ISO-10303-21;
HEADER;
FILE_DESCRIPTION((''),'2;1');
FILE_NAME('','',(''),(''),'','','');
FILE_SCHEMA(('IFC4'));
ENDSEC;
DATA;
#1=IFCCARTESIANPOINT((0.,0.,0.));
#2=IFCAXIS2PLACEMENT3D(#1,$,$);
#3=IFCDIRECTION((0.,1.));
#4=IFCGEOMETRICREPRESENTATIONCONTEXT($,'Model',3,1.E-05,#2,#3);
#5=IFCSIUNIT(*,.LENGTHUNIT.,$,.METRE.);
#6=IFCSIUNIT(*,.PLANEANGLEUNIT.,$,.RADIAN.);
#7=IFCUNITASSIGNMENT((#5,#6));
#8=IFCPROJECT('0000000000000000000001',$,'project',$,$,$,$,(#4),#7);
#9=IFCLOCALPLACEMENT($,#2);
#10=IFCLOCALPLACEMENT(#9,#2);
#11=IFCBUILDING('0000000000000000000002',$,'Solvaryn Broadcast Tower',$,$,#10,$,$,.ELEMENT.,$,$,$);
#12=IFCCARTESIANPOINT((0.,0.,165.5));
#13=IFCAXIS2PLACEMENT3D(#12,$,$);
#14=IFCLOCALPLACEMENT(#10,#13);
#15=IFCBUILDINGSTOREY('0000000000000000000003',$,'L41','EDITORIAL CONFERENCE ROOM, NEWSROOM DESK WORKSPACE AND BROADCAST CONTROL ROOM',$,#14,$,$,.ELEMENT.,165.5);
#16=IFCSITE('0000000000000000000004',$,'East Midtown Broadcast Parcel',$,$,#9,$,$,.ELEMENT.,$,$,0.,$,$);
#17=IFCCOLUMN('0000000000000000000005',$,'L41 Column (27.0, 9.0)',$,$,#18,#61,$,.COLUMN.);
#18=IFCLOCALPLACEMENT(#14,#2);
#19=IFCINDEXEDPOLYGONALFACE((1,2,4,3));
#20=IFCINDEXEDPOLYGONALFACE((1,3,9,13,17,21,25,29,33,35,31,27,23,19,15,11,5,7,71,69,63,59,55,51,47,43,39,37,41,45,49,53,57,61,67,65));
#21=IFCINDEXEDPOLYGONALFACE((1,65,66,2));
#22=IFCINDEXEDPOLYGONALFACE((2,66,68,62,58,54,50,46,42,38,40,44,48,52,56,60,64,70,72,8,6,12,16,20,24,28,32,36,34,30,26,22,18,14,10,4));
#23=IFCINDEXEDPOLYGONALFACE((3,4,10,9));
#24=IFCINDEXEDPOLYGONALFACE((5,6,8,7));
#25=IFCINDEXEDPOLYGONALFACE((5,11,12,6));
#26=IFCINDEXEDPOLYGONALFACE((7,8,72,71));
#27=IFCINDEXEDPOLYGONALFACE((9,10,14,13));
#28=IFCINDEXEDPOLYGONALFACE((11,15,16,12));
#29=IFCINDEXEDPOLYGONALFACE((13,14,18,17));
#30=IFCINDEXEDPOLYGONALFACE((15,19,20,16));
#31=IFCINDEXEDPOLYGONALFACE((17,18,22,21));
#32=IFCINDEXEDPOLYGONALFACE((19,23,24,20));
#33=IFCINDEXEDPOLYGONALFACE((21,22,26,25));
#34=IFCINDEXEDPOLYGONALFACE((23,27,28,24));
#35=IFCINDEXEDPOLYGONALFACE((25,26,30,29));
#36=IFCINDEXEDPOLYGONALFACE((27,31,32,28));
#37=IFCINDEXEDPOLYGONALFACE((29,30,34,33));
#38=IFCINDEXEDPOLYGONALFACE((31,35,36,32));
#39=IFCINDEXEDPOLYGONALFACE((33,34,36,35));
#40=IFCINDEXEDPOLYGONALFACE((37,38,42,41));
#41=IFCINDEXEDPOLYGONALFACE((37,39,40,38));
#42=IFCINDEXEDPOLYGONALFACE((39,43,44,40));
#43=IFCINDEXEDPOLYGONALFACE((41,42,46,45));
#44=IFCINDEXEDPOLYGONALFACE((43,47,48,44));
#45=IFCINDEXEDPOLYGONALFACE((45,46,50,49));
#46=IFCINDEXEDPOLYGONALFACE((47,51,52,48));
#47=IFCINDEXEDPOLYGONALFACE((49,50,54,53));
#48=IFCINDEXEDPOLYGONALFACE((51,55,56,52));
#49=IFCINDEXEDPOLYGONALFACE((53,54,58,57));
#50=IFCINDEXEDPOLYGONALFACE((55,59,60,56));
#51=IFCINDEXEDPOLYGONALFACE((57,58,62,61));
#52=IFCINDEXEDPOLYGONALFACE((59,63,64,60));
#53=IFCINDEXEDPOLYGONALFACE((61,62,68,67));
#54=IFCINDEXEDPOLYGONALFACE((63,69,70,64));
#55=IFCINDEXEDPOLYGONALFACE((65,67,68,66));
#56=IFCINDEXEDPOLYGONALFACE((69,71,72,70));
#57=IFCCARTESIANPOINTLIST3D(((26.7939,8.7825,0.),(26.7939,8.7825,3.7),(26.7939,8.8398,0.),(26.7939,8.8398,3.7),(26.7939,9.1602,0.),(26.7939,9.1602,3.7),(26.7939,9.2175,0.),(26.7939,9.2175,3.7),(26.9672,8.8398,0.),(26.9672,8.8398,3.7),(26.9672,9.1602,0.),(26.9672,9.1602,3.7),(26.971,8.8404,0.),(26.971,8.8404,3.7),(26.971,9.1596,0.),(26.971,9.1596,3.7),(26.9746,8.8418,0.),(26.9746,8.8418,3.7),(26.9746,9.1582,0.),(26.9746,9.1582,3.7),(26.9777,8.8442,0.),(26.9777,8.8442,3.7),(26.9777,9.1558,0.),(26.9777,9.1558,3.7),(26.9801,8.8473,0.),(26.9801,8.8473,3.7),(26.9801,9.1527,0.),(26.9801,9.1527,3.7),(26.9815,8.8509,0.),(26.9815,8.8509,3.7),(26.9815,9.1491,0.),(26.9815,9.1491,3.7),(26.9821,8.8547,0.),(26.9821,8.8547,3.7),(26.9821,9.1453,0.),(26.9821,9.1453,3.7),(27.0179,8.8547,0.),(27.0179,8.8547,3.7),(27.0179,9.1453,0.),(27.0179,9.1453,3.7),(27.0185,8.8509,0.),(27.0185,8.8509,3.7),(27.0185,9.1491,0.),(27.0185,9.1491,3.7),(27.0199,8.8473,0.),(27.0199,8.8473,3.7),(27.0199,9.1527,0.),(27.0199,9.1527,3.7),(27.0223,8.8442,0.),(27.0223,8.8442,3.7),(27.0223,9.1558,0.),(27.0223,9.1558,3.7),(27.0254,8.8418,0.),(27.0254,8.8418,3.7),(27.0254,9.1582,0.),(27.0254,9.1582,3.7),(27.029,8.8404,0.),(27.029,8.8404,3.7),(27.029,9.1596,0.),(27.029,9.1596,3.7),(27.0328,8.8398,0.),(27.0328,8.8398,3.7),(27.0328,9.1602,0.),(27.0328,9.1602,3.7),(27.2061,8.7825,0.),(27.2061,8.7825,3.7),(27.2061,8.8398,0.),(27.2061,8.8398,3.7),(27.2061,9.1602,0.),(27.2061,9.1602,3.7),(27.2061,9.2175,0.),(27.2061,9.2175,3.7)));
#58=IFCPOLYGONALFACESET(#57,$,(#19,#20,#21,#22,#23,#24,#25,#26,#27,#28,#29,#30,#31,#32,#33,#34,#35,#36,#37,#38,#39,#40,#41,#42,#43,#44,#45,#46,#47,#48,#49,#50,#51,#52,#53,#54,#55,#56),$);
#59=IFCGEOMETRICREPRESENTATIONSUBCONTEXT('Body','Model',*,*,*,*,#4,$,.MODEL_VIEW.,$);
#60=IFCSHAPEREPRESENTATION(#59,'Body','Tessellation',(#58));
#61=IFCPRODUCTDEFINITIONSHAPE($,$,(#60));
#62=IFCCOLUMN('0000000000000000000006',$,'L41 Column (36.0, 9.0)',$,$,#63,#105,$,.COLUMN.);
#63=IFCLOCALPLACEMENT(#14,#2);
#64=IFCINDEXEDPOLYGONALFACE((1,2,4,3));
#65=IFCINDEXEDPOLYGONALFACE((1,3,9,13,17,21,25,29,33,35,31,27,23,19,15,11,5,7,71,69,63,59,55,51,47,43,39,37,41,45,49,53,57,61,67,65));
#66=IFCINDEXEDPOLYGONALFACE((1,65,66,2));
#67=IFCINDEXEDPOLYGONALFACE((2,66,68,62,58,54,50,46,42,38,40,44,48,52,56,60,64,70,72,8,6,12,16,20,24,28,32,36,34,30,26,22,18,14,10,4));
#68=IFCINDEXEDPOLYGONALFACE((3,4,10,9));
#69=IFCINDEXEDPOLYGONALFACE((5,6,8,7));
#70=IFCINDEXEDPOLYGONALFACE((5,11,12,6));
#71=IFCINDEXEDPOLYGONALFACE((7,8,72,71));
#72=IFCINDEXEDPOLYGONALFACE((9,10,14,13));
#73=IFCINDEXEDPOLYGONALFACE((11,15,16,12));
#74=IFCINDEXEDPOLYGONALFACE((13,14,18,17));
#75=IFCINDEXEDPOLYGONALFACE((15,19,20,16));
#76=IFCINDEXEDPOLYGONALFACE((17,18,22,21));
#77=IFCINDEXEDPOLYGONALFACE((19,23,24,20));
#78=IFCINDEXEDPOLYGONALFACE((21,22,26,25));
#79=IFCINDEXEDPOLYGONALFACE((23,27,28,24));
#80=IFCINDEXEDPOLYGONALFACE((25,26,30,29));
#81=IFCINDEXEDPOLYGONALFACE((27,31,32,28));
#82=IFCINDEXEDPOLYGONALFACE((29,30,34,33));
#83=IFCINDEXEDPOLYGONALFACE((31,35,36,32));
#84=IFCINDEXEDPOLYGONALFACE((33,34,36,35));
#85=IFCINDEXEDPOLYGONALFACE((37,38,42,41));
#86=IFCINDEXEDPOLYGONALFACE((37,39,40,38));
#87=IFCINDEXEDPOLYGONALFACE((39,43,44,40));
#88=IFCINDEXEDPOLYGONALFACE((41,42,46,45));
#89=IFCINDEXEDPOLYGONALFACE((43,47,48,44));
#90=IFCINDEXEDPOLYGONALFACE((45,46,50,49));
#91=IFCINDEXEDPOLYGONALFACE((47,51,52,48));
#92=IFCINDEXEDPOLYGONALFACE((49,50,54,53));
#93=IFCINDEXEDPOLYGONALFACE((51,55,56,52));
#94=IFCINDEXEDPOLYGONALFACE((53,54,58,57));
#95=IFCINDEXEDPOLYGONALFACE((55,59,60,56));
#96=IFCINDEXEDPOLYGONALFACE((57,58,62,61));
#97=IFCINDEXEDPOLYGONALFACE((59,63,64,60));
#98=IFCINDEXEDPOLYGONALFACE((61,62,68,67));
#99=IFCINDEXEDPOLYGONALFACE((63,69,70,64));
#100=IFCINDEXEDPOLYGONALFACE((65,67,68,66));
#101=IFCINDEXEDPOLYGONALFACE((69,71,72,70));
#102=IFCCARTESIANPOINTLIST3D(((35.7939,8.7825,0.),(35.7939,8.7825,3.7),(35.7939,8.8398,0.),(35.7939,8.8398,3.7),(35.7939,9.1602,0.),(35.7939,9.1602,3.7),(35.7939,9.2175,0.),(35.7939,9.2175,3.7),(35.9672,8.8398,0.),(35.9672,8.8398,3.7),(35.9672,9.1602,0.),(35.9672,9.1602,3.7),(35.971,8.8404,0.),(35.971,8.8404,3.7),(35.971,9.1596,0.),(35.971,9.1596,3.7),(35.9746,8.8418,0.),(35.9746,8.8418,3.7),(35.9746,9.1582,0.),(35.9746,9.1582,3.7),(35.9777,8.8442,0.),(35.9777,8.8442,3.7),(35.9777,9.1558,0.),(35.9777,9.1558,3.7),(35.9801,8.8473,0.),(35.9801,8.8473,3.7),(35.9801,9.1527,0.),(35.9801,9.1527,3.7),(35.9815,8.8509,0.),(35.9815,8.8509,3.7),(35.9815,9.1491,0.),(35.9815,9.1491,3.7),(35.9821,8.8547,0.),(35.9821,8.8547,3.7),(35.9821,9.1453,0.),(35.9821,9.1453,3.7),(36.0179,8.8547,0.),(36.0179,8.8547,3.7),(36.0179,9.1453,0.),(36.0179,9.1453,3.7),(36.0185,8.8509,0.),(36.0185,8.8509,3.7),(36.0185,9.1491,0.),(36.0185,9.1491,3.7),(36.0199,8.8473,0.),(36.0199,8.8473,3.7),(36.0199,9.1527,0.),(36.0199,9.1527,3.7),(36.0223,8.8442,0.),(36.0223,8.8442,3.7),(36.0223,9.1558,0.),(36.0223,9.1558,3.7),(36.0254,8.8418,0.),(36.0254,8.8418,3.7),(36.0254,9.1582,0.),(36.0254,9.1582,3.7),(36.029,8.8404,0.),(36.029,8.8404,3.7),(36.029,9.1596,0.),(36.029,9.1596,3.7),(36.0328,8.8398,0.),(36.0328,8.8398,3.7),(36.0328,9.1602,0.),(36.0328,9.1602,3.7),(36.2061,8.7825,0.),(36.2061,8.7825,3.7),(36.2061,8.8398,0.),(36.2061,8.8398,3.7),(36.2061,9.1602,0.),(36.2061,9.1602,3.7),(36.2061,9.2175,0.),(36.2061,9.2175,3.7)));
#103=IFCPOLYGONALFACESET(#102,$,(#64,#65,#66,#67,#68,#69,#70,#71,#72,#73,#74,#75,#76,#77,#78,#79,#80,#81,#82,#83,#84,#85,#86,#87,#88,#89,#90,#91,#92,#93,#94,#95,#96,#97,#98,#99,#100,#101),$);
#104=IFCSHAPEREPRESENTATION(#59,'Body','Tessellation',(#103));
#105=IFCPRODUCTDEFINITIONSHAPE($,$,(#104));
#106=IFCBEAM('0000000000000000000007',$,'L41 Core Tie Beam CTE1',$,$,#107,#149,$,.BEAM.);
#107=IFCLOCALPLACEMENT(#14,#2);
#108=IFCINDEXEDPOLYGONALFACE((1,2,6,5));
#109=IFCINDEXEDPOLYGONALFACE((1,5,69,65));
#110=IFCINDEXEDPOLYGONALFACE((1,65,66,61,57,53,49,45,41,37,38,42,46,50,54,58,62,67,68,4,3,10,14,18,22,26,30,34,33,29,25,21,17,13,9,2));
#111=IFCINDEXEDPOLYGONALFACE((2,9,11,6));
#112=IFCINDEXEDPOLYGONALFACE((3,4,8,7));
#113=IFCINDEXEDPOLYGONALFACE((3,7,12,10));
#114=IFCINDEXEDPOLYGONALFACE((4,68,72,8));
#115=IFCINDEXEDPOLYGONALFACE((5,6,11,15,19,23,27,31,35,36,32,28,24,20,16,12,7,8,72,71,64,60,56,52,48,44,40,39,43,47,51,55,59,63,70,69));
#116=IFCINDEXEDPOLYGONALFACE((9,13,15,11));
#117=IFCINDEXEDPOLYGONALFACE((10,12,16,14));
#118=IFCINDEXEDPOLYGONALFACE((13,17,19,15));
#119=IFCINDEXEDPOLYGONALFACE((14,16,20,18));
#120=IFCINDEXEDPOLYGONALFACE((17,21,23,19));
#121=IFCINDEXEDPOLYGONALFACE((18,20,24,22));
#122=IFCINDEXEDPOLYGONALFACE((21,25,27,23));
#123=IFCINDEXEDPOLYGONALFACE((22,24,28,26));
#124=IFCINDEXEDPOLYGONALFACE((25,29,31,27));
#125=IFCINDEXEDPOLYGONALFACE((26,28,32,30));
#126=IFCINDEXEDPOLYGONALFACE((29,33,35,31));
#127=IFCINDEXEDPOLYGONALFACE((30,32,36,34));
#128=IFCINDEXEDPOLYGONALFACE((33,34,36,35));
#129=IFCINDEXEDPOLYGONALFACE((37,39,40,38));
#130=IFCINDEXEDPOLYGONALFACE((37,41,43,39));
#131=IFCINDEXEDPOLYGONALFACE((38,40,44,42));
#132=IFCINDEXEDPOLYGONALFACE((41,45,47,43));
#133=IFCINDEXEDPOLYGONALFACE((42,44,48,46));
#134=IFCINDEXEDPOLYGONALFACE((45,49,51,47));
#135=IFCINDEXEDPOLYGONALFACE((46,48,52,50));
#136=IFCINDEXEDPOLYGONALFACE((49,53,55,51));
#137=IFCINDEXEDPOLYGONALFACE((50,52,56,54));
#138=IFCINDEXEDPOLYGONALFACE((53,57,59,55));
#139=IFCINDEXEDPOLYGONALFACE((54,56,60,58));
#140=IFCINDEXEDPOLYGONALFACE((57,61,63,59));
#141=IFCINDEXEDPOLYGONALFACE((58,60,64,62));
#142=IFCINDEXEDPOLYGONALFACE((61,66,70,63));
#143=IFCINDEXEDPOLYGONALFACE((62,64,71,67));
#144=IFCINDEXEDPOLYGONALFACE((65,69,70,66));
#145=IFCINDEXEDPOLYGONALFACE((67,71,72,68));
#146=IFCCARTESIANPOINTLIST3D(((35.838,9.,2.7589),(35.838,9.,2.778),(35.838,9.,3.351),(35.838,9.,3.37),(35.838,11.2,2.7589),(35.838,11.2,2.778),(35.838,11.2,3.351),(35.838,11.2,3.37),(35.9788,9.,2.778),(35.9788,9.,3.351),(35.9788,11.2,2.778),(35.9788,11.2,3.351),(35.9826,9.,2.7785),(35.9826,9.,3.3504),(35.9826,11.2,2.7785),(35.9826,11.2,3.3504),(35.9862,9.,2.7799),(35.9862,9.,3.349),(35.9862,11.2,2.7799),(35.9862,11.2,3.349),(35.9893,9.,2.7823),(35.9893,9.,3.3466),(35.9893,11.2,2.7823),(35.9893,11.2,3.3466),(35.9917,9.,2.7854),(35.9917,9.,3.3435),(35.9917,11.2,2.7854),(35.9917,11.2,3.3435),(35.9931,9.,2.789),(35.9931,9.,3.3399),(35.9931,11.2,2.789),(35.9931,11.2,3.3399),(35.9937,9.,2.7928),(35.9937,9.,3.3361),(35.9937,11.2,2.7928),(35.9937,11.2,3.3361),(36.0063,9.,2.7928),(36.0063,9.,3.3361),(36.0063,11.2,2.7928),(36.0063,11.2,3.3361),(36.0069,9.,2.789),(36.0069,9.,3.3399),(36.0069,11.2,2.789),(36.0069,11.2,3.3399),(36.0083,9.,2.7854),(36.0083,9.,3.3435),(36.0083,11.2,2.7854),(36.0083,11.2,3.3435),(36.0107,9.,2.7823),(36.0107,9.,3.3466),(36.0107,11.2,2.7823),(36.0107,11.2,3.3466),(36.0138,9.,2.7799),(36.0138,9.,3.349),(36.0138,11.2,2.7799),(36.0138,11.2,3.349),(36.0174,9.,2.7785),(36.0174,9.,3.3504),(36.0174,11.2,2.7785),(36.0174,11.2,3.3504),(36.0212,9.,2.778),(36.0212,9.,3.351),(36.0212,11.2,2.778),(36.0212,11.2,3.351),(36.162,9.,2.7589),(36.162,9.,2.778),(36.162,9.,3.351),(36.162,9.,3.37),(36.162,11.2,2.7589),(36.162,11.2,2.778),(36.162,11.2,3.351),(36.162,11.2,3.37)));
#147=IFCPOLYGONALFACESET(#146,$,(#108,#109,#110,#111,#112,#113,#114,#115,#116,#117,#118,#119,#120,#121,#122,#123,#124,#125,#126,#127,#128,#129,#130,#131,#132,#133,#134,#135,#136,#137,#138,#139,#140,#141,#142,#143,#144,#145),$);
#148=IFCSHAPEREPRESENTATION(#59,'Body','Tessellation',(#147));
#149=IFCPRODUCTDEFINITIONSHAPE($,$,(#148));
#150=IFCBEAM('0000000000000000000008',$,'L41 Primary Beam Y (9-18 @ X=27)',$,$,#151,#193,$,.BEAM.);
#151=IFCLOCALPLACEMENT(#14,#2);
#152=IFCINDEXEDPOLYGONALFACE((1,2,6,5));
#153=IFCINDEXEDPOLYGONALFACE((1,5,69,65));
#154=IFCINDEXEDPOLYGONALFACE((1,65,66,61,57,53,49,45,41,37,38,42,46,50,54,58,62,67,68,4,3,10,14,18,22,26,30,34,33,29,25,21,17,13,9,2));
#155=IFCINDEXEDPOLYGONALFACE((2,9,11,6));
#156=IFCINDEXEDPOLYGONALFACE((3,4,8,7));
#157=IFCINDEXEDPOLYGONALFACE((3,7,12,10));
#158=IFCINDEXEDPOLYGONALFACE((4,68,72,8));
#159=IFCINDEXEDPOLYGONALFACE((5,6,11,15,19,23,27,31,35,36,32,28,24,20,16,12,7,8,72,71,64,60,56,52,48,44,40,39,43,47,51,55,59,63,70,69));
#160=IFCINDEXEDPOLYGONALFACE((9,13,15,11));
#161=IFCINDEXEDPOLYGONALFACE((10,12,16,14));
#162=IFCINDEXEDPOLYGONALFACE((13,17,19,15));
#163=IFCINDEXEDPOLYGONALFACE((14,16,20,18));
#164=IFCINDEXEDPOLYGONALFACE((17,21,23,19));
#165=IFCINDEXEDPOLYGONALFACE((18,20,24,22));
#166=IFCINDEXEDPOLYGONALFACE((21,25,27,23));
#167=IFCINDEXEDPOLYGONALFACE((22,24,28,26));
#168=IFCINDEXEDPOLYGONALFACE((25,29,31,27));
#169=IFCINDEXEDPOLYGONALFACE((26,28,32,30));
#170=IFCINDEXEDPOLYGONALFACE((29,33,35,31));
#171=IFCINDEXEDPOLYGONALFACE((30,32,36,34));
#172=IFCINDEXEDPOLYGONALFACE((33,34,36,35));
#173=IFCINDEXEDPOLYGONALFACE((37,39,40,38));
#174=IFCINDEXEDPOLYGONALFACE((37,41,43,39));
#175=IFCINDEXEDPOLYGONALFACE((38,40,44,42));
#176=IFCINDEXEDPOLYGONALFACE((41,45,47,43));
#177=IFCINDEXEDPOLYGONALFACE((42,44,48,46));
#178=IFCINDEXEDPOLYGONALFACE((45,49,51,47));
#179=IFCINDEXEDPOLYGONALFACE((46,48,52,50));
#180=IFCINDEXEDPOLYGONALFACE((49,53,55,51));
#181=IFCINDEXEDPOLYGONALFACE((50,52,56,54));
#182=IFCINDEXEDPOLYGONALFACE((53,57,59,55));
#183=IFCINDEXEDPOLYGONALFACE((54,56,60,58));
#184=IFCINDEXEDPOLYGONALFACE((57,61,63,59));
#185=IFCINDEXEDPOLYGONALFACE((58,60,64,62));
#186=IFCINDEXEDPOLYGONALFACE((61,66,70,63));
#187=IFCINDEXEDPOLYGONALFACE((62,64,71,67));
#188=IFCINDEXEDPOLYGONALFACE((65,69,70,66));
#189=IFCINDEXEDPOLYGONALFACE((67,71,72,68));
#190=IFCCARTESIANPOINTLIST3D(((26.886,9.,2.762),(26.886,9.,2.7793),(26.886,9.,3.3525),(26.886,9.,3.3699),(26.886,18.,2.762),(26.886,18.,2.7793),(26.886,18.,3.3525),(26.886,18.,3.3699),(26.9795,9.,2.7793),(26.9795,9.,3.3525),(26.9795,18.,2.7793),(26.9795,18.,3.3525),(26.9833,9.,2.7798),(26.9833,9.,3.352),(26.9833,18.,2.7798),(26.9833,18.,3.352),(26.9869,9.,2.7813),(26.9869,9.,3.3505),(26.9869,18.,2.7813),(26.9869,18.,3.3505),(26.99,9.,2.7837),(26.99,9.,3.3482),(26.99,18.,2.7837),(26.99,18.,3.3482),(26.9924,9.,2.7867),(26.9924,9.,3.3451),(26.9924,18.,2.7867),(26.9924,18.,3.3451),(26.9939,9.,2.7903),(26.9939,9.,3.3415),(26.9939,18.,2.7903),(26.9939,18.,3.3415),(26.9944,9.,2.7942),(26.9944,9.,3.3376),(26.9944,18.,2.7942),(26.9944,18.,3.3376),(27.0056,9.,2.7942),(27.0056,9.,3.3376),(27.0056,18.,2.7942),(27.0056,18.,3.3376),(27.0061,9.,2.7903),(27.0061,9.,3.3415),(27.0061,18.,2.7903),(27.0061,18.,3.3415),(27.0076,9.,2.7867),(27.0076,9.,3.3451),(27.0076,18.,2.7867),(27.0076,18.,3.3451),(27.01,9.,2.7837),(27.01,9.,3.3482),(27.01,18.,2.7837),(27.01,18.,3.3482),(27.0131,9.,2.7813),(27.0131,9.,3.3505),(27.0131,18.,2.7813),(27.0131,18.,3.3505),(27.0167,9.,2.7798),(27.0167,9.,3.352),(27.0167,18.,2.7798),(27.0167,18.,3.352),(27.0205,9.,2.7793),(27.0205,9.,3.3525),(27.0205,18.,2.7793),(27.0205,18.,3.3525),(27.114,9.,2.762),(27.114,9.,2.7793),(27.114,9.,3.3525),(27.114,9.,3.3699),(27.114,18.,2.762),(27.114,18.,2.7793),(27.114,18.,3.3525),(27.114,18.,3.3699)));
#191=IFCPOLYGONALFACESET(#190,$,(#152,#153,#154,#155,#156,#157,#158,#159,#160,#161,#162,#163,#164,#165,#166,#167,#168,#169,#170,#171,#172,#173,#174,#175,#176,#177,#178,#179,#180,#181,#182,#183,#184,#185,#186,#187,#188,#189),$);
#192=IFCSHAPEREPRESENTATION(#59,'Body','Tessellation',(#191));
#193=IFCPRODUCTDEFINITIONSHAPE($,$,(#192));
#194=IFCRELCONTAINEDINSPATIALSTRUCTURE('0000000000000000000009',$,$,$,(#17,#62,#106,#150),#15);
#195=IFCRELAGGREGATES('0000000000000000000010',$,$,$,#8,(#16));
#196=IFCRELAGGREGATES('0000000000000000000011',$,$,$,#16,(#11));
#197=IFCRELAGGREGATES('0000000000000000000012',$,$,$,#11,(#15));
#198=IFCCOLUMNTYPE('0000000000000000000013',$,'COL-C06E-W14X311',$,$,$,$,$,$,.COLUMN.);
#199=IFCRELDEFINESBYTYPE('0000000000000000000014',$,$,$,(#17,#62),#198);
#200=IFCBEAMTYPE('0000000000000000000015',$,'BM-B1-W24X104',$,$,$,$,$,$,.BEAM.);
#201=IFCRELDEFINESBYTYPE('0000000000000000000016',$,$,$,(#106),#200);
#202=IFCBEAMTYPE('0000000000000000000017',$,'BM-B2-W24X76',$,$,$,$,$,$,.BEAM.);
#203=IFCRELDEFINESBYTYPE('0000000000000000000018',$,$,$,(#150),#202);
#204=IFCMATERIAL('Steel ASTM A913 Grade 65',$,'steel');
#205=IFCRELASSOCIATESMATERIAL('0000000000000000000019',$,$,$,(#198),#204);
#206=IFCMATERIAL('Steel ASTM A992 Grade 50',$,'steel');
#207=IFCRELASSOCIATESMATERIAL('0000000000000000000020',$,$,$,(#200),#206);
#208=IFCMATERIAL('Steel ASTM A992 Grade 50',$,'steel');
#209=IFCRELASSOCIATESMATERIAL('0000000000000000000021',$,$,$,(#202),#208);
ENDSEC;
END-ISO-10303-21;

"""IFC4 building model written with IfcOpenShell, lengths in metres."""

from ifc_helpers import new_model, si_unit, direction, frame, origin, origin_2d, place, context, subcontext, project, spatial, i_section, extrude, material, material_profile, profile_set, type_object, element, save


model = new_model("IFC4")

# Units and contexts
model_context = context("Model", 3, precision=1e-05, world=origin(), true_north=direction((0.0, 1.0)))
body_context = subcontext(model_context, "Body", "Model", "MODEL_VIEW")
ifc_project = project(units=[si_unit("LENGTHUNIT", "METRE"), si_unit("PLANEANGLEUNIT", "RADIAN")], contexts=[model_context])

# Site, building, storey
site_placement = place(None, origin())
site = spatial("IfcSite", under=ifc_project, at=site_placement, Name="East Midtown Broadcast Parcel", CompositionType="ELEMENT", RefElevation=0.0)
building_placement = place(site_placement, origin())
building = spatial("IfcBuilding", under=site, at=building_placement, Name="Solvaryn Broadcast Tower", CompositionType="ELEMENT")
storey_placement = place(building_placement, frame((0.0, 0.0, 165.5)))
storey = spatial("IfcBuildingStorey", under=building, at=storey_placement, Name="L41", Description="EDITORIAL CONFERENCE ROOM, NEWSROOM DESK WORKSPACE AND BROADCAST CONTROL ROOM", CompositionType="ELEMENT", Elevation=165.5)

# Columns
ifc_material_1 = material(Name="Steel ASTM A913 Grade 65", Category="steel")
ifc_material_profile_1 = material_profile(ifc_material_1, i_section(OverallWidth=0.4121, OverallDepth=0.4351, WebThickness=0.0359, FlangeThickness=0.0574, FilletRadius=0.0149, at=origin_2d()))
ifc_profile_set_1 = profile_set([ifc_material_profile_1], Name="Steel ASTM A913 Grade 65")
column_type = type_object("IfcColumnType", Name="COL-C06E-W14X311", PredefinedType="COLUMN", material=ifc_profile_set_1)
for number, where, z_axis, x_axis, name in (
    (1, (27.0, 9.0, 0.0), (0.0, 0.0, 1.0), (1.0, 0.0, 0.0), "L41 Column (27.0, 9.0)"),
    (2, (36.0, 9.0, 0.0), (0.0, 0.0, 1.0), (1.0, 0.0, 0.0), "L41 Column (36.0, 9.0)"),
):
    element("IfcColumn", number, at=place(storey_placement, frame(where, z_axis=z_axis, x_axis=x_axis)), inside=storey, type_object=column_type, Name=name, PredefinedType="COLUMN", context=body_context, shape_type="SweptSolid", body=[
        extrude(i_section(OverallWidth=0.4121, OverallDepth=0.4351, WebThickness=0.0359, FlangeThickness=0.0574, FilletRadius=0.0149, at=origin_2d()), origin(), (0.0, 0.0, 1.0), 3.7),
    ])

# Beams
ifc_material_2 = material(Name="Steel ASTM A992 Grade 50", Category="steel")
ifc_material_profile_2 = material_profile(ifc_material_2, i_section(OverallWidth=0.324, OverallDepth=0.6111, WebThickness=0.0127, FlangeThickness=0.019, FilletRadius=0.0149, at=origin_2d()))
ifc_profile_set_2 = profile_set([ifc_material_profile_2], Name="Steel ASTM A992 Grade 50")
beam_type_1 = type_object("IfcBeamType", Name="BM-B1-W24X104", PredefinedType="BEAM", material=ifc_profile_set_2)
beam_1_placement = place(storey_placement, frame((36.0, 9.0, 3.0645), z_axis=(0.0, 1.0, 0.0), x_axis=(-1.0, 0.0, 0.0)))
element("IfcBeam", 3, at=beam_1_placement, inside=storey, type_object=beam_type_1, Name="L41 Core Tie Beam CTE1", PredefinedType="BEAM", context=body_context, shape_type="SweptSolid", body=[
    extrude(i_section(OverallWidth=0.324, OverallDepth=0.6111, WebThickness=0.0127, FlangeThickness=0.019, FilletRadius=0.0149, at=origin_2d()), origin(), (0.0, 0.0, 1.0), 2.2),
])
ifc_material_3 = material(Name="Steel ASTM A992 Grade 50", Category="steel")
ifc_material_profile_3 = material_profile(ifc_material_3, i_section(OverallWidth=0.228, OverallDepth=0.6079, WebThickness=0.0112, FlangeThickness=0.0173, FilletRadius=0.0149, at=origin_2d()))
ifc_profile_set_3 = profile_set([ifc_material_profile_3], Name="Steel ASTM A992 Grade 50")
beam_type_2 = type_object("IfcBeamType", Name="BM-B2-W24X76", PredefinedType="BEAM", material=ifc_profile_set_3)
beam_2_placement = place(storey_placement, frame((27.0, 9.0, 3.0659), z_axis=(0.0, 1.0, 0.0), x_axis=(-1.0, 0.0, 0.0)))
element("IfcBeam", 4, at=beam_2_placement, inside=storey, type_object=beam_type_2, Name="L41 Primary Beam Y (9-18 @ X=27)", PredefinedType="BEAM", context=body_context, shape_type="SweptSolid", body=[
    extrude(i_section(OverallWidth=0.228, OverallDepth=0.6079, WebThickness=0.0112, FlangeThickness=0.0173, FilletRadius=0.0149, at=origin_2d()), origin(), (0.0, 0.0, 1.0), 9.0),
])

save(model, "model.ifc")
